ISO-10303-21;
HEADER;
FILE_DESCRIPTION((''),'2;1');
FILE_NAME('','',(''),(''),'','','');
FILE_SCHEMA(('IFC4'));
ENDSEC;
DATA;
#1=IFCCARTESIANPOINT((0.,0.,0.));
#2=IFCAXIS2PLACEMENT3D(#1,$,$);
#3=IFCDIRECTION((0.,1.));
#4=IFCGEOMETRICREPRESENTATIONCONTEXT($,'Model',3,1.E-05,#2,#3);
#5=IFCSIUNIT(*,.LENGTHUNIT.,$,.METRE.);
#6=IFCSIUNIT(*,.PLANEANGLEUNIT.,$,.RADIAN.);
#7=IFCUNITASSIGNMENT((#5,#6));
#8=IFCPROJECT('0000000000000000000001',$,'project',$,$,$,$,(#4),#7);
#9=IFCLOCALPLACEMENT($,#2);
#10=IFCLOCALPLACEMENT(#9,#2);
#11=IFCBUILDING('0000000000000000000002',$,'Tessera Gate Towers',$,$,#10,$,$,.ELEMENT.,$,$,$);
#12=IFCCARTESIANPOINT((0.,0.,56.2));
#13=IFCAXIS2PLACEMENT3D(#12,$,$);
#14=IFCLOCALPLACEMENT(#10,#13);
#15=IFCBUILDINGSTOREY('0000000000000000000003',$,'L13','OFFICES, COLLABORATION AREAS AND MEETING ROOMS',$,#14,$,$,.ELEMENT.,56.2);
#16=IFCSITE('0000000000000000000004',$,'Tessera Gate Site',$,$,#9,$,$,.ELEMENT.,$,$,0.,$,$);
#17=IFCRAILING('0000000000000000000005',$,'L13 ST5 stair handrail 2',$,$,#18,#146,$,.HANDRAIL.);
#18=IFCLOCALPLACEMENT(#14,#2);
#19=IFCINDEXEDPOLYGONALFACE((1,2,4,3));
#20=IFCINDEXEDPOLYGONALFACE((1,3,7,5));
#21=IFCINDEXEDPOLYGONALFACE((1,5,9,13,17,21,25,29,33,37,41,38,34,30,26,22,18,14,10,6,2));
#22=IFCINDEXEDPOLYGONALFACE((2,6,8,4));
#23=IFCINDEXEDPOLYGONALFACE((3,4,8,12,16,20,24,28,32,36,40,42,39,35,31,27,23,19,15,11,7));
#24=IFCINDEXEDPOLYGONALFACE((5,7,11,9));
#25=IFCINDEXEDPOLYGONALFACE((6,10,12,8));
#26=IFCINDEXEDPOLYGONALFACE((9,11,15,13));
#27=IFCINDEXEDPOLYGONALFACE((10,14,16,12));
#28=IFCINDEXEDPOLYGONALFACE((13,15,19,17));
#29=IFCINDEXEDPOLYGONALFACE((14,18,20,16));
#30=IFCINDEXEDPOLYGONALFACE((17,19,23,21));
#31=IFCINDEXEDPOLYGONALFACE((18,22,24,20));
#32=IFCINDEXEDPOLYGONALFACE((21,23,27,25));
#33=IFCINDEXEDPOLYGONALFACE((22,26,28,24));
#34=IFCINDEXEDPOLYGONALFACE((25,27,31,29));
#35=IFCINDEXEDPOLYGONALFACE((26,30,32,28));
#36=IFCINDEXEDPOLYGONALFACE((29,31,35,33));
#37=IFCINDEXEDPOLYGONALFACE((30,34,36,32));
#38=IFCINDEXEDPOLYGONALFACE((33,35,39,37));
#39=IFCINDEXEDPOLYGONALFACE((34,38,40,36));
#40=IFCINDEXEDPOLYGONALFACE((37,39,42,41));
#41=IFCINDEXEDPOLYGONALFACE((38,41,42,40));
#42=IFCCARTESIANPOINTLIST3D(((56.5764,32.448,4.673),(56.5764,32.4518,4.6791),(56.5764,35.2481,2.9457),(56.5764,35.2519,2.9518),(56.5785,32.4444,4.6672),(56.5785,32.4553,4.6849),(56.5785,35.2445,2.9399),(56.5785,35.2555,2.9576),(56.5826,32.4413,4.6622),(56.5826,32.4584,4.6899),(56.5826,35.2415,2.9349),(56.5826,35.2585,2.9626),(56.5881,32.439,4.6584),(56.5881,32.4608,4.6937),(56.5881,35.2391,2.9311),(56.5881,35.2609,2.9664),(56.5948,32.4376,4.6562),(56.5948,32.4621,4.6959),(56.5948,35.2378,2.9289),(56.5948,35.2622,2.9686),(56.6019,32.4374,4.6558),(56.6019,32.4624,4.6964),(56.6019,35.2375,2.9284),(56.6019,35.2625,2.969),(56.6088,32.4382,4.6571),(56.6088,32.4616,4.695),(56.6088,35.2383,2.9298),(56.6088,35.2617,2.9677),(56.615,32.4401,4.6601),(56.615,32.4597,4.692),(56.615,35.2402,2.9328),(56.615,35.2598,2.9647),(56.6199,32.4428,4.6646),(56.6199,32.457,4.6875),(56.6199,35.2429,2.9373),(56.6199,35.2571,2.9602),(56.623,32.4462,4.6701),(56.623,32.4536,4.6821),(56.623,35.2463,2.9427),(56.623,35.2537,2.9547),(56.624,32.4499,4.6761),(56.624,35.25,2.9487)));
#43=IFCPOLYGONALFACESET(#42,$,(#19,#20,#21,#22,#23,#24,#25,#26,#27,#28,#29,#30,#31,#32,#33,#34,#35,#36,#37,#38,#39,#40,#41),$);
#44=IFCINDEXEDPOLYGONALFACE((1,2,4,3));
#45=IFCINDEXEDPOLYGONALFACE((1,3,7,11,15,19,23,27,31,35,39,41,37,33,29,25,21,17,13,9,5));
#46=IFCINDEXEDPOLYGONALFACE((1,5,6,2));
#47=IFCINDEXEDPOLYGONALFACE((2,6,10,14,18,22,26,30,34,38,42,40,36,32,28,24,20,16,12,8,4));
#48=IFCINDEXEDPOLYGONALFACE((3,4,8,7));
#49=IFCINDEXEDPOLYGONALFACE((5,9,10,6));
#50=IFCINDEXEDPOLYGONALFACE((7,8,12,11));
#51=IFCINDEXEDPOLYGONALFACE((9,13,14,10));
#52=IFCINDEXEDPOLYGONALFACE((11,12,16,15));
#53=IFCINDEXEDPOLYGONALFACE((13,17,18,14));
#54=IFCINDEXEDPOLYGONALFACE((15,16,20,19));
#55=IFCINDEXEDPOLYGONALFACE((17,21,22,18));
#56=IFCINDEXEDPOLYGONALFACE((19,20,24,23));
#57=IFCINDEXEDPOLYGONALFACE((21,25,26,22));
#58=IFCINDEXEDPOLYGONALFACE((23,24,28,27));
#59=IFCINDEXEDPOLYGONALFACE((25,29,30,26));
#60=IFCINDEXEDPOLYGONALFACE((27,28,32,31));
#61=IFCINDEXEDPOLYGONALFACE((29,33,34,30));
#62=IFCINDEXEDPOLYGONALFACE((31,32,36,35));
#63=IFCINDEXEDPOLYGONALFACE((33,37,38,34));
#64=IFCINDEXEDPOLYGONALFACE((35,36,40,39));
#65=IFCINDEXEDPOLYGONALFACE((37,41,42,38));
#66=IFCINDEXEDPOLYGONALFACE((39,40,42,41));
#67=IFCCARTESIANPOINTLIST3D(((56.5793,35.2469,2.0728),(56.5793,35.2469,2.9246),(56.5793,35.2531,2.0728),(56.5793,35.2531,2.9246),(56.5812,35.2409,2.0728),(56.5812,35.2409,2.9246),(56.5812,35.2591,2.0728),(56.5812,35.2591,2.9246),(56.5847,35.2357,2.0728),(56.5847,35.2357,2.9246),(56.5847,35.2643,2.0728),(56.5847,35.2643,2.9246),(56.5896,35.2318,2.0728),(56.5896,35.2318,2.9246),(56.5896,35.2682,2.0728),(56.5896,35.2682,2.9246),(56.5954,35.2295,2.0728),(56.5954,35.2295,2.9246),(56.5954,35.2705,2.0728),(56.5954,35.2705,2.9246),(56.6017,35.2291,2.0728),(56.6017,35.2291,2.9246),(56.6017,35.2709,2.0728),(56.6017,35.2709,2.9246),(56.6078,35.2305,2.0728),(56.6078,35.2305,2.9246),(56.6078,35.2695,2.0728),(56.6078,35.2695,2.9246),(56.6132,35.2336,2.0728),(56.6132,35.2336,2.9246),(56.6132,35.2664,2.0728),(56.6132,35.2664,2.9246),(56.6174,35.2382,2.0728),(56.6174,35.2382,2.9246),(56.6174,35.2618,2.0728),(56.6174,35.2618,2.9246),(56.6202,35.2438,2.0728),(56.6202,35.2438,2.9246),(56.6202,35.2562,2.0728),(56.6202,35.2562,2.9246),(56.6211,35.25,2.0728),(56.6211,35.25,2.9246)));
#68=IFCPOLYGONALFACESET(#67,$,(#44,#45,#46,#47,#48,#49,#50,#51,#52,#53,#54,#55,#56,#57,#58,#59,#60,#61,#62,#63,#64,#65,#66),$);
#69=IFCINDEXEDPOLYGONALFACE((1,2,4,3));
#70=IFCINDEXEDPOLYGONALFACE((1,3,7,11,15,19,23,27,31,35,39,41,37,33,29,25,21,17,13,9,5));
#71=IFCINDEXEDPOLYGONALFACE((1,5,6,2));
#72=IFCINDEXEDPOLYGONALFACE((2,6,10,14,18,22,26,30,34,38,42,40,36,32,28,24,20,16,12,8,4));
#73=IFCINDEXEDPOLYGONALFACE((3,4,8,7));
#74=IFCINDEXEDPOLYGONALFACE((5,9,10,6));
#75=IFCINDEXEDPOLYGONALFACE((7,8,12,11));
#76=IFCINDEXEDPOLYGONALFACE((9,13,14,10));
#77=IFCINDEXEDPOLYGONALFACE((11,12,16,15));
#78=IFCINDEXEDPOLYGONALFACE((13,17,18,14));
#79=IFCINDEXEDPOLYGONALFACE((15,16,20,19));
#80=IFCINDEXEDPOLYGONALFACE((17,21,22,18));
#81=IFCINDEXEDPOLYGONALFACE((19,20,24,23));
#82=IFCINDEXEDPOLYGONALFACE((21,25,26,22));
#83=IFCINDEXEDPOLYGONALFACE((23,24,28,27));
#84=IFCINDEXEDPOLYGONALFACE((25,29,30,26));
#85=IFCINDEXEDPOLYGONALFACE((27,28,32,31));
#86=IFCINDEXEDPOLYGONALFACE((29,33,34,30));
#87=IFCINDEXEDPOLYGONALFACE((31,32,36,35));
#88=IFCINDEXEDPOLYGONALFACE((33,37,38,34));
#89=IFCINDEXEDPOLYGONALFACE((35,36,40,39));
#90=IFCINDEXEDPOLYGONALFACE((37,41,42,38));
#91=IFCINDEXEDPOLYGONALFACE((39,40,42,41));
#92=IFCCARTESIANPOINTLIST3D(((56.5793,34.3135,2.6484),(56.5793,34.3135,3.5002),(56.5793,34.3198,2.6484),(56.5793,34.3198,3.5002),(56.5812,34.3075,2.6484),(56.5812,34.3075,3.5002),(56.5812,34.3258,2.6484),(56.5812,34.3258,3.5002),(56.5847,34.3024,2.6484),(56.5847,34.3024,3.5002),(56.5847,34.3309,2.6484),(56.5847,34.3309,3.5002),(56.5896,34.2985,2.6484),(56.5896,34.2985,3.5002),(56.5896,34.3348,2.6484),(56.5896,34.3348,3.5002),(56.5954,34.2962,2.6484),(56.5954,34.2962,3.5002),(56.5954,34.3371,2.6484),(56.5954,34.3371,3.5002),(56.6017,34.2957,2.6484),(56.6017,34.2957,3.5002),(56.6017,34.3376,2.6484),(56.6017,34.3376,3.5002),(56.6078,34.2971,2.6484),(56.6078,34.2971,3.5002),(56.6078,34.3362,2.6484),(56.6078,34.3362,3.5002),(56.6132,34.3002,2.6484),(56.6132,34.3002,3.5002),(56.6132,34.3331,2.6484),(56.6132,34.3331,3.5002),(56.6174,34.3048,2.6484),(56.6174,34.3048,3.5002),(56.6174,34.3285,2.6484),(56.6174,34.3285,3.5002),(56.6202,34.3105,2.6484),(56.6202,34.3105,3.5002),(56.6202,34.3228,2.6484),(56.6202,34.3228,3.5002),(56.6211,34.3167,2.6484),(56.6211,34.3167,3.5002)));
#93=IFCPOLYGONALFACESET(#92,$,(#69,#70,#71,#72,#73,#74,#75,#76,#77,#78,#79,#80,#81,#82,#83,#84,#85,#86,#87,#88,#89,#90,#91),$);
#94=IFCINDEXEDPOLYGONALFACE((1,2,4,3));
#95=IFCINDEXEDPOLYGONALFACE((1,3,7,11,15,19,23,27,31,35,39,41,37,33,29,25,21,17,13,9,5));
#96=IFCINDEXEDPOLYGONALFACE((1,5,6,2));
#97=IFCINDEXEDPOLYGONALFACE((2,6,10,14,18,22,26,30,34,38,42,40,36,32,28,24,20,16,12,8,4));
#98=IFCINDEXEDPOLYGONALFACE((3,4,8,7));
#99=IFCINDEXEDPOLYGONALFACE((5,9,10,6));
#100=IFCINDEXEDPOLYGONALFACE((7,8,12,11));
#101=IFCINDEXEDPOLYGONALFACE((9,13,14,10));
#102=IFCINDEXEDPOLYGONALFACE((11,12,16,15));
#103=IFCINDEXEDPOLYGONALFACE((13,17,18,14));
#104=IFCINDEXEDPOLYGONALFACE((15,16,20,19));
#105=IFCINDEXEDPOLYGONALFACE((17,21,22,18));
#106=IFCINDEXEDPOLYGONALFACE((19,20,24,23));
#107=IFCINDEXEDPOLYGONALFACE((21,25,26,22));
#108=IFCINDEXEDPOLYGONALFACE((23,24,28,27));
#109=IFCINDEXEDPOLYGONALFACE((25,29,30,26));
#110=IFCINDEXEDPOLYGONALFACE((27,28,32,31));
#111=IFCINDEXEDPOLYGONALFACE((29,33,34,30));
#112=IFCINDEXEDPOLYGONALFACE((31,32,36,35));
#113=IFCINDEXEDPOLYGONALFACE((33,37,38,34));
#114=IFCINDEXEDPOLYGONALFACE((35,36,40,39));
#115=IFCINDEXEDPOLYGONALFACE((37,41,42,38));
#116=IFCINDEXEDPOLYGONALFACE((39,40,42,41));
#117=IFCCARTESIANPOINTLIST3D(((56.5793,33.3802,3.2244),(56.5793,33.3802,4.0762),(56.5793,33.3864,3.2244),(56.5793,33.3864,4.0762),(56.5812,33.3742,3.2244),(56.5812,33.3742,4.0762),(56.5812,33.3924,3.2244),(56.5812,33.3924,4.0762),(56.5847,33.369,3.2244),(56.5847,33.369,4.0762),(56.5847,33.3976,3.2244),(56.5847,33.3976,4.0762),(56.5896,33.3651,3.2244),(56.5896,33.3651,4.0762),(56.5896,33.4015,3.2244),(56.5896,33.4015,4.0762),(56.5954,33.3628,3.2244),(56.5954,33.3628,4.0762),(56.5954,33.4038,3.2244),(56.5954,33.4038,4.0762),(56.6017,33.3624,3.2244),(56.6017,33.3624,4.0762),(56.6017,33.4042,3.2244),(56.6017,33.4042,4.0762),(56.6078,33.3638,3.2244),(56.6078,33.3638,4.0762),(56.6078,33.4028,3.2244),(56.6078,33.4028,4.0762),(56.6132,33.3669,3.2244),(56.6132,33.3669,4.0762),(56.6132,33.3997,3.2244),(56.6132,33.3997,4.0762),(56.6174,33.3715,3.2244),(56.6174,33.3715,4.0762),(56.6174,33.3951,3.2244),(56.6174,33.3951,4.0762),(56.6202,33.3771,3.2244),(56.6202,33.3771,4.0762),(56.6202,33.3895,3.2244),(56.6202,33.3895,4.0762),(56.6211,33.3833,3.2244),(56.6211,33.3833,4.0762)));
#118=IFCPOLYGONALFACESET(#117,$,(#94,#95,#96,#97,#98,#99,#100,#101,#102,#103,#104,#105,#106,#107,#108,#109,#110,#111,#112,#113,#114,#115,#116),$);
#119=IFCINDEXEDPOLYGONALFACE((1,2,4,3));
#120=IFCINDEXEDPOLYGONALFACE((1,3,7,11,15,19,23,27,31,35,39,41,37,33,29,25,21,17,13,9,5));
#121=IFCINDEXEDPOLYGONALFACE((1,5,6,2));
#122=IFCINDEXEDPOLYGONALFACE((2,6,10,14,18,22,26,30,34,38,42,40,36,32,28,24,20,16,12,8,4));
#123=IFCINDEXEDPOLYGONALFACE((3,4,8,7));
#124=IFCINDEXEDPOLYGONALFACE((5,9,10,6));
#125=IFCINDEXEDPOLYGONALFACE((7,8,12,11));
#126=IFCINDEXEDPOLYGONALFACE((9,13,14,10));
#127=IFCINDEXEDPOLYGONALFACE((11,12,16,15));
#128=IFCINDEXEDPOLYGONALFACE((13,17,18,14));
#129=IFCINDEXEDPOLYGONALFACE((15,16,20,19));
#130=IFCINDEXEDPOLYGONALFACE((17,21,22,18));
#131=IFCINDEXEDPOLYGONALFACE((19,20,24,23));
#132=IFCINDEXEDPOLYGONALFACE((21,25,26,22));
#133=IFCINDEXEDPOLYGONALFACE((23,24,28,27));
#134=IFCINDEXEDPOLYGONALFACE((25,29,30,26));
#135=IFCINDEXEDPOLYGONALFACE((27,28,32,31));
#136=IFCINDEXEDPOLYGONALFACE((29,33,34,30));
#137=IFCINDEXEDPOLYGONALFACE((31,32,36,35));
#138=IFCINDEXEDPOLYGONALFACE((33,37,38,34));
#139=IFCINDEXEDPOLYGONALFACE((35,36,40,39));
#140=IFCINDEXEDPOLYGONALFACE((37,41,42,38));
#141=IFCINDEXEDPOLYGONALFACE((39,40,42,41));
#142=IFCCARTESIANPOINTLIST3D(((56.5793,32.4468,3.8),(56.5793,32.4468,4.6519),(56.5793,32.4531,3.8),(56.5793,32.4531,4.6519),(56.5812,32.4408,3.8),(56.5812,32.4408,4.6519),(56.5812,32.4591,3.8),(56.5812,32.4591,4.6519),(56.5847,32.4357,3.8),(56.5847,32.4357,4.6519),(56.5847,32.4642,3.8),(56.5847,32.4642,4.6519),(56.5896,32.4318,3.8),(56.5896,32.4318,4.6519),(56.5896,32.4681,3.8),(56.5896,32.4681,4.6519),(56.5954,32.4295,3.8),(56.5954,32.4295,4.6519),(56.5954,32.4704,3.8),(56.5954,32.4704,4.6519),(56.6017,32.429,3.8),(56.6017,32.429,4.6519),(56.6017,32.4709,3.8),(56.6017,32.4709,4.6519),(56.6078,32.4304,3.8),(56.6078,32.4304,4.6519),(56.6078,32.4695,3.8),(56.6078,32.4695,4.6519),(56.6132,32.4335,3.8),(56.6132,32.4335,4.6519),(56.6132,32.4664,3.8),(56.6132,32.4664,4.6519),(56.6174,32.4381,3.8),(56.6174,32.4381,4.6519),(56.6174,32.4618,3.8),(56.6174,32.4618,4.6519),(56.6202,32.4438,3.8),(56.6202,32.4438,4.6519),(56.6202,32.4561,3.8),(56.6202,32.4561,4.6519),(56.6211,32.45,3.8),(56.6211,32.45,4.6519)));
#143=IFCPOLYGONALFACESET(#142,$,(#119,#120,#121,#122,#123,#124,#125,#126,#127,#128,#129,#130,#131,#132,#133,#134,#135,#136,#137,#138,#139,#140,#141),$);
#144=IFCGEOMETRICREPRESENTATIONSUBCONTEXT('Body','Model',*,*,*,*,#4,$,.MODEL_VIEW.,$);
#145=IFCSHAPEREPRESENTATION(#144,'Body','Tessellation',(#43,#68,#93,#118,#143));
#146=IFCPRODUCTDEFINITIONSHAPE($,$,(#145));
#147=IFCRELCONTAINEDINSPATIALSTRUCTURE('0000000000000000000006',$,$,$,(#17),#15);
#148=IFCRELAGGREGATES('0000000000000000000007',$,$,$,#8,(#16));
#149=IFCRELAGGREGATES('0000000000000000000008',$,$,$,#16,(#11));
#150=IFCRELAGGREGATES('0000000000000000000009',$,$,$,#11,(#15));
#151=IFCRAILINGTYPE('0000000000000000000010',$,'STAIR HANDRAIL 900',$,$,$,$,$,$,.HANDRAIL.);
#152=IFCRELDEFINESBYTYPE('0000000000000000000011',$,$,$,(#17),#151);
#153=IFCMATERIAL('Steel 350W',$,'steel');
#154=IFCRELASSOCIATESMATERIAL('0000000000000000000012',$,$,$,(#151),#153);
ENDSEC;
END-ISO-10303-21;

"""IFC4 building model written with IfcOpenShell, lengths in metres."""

from ifc_helpers import new_model, si_unit, direction, frame, origin, origin_2d, place, context, subcontext, project, spatial, circle, extrude, material, type_object, element, save


model = new_model("IFC4")

# Units and contexts
model_context = context("Model", 3, precision=1e-05, world=origin(), true_north=direction((0.0, 1.0)))
body_context = subcontext(model_context, "Body", "Model", "MODEL_VIEW")
ifc_project = project(units=[si_unit("LENGTHUNIT", "METRE"), si_unit("PLANEANGLEUNIT", "RADIAN")], contexts=[model_context])

# Site, building, storey
site_placement = place(None, origin())
site = spatial("IfcSite", under=ifc_project, at=site_placement, Name="Tessera Gate Site", CompositionType="ELEMENT", RefElevation=0.0)
building_placement = place(site_placement, origin())
building = spatial("IfcBuilding", under=site, at=building_placement, Name="Tessera Gate Towers", CompositionType="ELEMENT")
storey_placement = place(building_placement, frame((0.0, 0.0, 56.2)))
storey = spatial("IfcBuildingStorey", under=building, at=storey_placement, Name="L13", Description="OFFICES, COLLABORATION AREAS AND MEETING ROOMS", CompositionType="ELEMENT", Elevation=56.2)

# Railing
ifc_material_1 = material(Name="Steel 350W", Category="steel")
railing_type_1 = type_object("IfcRailingType", Name="STAIR HANDRAIL 900", PredefinedType="HANDRAIL", material=ifc_material_1)
railing_1_placement = place(storey_placement, frame((56.6001, 35.25, 2.0728)))
element("IfcRailing", 1, at=railing_1_placement, inside=storey, type_object=railing_type_1, Name="L13 ST5 stair handrail 2", PredefinedType="HANDRAIL", context=body_context, shape_type="SweptSolid", body=[
    extrude(circle(Radius=0.0239, at=origin_2d()), frame((0.0, 0.0, 0.876), z_axis=(0.0, -0.85109, 0.52502), x_axis=(1.0, 0.0, 0.0)), (0.0, 0.0, 1.0), 3.29),
    extrude(circle(Radius=0.021, at=origin_2d()), origin(), (0.0, 0.0, 1.0), 0.8518),
    extrude(circle(Radius=0.021, at=origin_2d()), frame((0.0, -0.9333, 0.5757)), (0.0, 0.0, 1.0), 0.8518),
    extrude(circle(Radius=0.021, at=origin_2d()), frame((0.0, -1.8667, 1.1516)), (0.0, 0.0, 1.0), 0.8518),
    extrude(circle(Radius=0.021, at=origin_2d()), frame((0.0, -2.8, 1.7273)), (0.0, 0.0, 1.0), 0.8518),
])

save(model, "model.ifc")
